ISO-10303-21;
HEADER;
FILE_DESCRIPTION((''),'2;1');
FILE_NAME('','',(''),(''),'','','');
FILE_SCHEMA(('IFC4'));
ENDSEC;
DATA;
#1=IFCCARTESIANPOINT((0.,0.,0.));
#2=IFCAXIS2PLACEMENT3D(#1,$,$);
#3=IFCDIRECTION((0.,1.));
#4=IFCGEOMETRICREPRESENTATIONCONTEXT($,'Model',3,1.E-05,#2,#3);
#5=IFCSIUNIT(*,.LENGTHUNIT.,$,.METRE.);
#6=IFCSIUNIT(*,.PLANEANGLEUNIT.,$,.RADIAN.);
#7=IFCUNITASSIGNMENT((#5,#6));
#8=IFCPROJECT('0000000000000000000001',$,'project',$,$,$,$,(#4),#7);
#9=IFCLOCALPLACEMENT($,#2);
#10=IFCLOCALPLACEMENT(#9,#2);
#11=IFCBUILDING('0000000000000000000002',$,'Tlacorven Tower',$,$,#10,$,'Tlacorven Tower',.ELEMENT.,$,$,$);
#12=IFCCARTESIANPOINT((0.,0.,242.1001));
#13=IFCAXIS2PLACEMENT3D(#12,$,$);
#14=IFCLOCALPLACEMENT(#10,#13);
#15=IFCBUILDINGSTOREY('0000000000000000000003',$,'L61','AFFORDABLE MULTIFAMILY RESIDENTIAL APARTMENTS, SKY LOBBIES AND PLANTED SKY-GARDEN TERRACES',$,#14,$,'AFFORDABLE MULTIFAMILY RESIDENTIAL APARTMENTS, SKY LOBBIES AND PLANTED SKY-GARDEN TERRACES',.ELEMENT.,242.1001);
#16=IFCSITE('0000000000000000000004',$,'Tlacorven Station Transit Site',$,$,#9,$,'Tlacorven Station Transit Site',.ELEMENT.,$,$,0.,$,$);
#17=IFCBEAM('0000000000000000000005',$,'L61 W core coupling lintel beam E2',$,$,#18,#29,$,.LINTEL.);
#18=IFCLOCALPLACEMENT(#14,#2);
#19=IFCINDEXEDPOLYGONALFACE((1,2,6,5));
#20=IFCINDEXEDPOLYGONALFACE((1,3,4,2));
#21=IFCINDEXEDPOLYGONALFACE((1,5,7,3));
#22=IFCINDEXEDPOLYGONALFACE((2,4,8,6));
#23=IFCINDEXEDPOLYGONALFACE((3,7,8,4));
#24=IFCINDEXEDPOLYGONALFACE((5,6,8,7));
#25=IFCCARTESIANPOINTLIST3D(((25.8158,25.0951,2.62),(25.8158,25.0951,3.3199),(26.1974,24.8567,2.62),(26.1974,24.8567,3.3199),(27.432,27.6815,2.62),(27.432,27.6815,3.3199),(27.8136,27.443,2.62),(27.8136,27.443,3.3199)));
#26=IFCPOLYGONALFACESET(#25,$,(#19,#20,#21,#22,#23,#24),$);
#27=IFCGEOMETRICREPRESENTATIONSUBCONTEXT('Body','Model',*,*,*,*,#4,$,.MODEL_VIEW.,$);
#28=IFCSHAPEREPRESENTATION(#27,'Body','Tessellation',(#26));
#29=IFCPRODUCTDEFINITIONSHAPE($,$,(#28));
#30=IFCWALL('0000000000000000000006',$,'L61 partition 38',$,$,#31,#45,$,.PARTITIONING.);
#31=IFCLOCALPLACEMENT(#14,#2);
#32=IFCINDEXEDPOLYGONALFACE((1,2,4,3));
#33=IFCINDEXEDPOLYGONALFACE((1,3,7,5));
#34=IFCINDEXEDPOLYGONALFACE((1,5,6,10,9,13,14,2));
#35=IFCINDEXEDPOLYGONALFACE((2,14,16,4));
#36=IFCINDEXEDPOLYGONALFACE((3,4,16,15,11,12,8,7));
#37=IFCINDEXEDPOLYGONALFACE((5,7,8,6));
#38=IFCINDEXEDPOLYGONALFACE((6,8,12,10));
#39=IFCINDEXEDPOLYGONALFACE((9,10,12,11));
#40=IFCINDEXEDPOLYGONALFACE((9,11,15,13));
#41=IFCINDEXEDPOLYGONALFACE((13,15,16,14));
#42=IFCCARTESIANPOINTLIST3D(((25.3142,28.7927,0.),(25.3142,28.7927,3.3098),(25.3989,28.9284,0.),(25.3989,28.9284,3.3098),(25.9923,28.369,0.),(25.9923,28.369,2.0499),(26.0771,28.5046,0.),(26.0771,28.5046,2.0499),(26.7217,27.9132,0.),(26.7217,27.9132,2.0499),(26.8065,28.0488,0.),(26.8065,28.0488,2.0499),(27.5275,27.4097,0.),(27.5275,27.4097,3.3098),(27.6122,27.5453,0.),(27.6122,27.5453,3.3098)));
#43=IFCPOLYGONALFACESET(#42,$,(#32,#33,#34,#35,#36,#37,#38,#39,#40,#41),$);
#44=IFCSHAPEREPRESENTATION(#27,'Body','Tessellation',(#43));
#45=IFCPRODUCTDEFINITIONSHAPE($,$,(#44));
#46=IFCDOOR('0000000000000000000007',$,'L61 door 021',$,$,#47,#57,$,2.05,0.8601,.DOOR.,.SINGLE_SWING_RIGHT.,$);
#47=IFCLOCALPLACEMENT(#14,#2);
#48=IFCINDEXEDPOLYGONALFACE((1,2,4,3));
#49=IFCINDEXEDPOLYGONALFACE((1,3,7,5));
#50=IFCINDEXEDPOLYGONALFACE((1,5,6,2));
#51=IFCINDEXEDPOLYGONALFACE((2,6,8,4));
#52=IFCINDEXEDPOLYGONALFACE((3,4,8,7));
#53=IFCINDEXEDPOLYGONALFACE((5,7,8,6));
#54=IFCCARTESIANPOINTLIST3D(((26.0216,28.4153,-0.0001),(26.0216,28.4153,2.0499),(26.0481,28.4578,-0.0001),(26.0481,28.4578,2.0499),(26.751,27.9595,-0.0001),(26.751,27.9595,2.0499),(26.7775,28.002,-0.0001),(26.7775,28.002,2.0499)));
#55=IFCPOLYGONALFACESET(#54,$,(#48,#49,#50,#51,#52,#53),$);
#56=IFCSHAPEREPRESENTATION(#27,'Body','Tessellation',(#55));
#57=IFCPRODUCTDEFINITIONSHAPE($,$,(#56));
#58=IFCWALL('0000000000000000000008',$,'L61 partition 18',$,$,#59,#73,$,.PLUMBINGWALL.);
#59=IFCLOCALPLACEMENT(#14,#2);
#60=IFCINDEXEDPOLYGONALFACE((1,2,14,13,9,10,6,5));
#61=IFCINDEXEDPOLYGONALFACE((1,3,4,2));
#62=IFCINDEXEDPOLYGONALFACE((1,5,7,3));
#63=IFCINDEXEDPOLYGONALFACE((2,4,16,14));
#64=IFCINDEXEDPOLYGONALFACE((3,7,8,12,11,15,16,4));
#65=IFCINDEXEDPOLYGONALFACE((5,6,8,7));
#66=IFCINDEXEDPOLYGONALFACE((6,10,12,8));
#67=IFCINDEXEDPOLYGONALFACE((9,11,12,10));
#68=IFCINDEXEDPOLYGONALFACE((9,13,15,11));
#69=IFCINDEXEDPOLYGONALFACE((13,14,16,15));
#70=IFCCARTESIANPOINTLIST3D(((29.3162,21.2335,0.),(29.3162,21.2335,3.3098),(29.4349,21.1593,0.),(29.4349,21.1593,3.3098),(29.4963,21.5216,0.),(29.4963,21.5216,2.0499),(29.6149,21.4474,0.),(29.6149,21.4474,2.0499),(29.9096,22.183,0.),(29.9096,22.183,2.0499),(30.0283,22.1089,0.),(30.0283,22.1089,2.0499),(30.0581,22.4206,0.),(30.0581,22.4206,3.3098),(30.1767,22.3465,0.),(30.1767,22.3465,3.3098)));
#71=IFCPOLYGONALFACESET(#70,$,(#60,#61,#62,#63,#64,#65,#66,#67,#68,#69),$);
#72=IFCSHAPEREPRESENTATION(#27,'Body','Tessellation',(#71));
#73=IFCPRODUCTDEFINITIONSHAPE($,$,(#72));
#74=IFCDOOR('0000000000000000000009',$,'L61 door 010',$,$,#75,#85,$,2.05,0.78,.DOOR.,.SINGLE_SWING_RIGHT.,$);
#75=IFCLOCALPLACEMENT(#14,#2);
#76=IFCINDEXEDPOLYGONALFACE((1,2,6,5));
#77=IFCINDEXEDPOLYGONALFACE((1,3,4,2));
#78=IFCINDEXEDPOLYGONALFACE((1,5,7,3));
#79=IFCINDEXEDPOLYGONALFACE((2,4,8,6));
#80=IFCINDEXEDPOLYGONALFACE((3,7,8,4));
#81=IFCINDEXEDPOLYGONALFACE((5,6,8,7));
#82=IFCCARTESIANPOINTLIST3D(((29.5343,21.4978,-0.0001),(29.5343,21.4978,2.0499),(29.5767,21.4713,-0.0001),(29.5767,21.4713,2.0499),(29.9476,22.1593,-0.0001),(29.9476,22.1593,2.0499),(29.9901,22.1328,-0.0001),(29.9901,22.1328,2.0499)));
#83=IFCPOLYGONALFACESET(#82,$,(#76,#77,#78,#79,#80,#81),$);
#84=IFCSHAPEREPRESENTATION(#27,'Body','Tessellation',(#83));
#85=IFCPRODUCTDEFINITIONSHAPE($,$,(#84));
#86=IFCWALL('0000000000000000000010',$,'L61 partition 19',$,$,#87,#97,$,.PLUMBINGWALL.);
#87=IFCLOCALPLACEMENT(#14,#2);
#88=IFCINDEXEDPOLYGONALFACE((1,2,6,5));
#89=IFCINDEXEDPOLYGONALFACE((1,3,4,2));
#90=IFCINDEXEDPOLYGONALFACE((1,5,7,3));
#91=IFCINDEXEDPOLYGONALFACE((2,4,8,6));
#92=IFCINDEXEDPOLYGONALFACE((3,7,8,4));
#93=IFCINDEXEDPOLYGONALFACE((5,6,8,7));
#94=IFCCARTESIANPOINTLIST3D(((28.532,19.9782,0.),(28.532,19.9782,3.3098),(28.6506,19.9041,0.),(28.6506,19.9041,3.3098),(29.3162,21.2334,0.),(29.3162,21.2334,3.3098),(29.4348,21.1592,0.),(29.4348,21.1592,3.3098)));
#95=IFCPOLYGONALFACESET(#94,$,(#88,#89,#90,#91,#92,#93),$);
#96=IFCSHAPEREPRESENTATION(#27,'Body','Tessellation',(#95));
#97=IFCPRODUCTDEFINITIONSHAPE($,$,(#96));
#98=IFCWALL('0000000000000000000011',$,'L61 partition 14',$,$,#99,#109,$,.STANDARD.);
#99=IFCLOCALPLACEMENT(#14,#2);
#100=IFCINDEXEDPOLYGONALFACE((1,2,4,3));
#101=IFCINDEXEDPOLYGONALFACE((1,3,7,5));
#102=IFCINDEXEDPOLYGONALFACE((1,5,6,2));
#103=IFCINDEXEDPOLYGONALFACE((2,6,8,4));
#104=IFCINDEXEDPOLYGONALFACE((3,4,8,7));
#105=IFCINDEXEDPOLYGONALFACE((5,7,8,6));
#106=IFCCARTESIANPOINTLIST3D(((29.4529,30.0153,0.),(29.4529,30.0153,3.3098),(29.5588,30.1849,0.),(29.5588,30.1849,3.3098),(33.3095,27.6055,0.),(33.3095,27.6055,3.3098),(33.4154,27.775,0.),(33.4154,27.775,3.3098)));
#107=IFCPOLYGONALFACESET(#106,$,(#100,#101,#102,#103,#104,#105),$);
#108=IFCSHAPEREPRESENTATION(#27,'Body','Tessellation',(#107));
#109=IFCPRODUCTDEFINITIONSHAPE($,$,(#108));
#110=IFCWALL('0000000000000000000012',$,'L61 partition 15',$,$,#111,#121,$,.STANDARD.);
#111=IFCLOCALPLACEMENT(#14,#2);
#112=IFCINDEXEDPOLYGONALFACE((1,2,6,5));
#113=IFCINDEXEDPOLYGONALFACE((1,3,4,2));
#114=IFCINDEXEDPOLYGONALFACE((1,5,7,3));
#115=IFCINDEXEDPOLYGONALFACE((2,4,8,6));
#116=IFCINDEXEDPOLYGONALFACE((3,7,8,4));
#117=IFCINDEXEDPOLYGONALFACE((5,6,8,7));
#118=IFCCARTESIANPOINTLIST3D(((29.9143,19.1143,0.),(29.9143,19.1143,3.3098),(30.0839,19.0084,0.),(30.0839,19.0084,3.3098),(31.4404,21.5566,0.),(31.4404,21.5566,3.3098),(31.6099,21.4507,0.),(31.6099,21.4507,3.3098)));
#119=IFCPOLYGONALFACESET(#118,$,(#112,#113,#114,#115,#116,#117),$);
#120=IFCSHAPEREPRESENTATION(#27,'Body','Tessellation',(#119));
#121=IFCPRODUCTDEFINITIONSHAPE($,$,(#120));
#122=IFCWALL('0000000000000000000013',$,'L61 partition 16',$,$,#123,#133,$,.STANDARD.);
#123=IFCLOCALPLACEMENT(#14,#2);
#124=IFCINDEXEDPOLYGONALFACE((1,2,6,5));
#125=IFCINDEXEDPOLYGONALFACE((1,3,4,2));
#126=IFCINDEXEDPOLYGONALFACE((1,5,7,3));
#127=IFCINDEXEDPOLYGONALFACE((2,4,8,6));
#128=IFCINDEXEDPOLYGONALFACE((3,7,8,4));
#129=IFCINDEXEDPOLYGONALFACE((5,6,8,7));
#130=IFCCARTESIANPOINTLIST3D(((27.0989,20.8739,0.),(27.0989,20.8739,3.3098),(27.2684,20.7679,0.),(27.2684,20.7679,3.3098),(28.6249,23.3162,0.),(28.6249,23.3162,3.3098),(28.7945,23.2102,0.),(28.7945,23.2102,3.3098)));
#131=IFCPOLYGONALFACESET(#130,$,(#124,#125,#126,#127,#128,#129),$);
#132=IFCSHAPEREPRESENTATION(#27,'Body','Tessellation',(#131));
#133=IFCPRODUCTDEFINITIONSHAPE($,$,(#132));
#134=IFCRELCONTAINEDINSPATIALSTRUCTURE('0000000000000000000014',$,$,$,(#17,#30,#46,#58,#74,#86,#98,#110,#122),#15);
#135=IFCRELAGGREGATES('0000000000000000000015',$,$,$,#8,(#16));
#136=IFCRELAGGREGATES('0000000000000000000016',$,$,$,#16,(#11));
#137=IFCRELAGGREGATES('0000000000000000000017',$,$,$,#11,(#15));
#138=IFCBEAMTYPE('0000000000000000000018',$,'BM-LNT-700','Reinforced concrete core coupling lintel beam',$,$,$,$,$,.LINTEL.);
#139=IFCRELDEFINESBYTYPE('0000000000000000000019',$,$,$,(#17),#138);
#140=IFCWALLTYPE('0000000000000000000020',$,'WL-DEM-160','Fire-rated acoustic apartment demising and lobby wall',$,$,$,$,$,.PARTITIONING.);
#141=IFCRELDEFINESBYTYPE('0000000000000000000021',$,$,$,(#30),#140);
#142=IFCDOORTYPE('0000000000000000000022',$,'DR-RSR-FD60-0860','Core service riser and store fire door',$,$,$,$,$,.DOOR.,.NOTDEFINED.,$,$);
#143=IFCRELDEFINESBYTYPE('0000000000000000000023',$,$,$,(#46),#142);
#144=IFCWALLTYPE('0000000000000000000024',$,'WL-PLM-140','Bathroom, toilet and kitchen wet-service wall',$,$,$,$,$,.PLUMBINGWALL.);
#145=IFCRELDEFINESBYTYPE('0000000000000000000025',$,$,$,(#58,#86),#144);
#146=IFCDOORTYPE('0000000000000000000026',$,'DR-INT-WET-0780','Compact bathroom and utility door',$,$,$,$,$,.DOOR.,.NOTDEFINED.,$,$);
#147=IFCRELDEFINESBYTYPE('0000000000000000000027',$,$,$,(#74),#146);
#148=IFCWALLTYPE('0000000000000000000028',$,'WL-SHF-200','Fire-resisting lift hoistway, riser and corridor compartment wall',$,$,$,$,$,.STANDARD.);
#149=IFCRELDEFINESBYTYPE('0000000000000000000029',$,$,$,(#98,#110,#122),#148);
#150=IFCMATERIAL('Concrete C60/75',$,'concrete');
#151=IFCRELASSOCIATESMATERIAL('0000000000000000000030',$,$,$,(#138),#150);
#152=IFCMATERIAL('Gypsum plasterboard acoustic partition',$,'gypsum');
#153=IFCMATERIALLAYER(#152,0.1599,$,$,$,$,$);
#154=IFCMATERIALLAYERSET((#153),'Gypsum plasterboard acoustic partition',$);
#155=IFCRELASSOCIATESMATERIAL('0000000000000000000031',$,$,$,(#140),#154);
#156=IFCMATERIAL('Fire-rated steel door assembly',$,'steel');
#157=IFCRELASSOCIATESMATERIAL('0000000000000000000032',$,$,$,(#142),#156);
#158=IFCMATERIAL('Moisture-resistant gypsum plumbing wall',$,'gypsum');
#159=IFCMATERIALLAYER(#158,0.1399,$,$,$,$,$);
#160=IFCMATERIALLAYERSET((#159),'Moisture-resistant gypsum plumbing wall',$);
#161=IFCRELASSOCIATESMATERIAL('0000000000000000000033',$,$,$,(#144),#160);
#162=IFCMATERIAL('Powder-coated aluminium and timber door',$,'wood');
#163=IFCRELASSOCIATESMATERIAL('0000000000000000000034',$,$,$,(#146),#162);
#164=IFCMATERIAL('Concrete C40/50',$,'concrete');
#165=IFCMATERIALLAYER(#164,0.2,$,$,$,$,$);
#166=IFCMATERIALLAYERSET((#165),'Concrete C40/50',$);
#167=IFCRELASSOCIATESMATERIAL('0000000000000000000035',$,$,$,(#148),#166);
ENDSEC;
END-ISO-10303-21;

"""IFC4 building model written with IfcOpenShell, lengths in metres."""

from ifc_helpers import new_model, si_unit, direction, frame, frame_2d, origin, origin_2d, place, context, subcontext, project, spatial, rectangle, extrude, source, transform, mapped, material, layer, layer_set, material_profile, profile_set, type_object, element, fill, save


model = new_model("IFC4")

# Units and contexts
model_context = context("Model", 3, precision=1e-05, world=origin(), true_north=direction((0.0, 1.0)))
body_context = subcontext(model_context, "Body", "Model", "MODEL_VIEW")
ifc_project = project(units=[si_unit("LENGTHUNIT", "METRE"), si_unit("PLANEANGLEUNIT", "RADIAN")], contexts=[model_context])

# Site, building, storey
site_placement = place(None, origin())
site = spatial("IfcSite", under=ifc_project, at=site_placement, Name="Tlacorven Station Transit Site", LongName="Tlacorven Station Transit Site", CompositionType="ELEMENT", RefElevation=0.0)
building_placement = place(site_placement, origin())
building = spatial("IfcBuilding", under=site, at=building_placement, Name="Tlacorven Tower", LongName="Tlacorven Tower", CompositionType="ELEMENT")
storey_placement = place(building_placement, frame((0.0, 0.0, 242.1001)))
storey = spatial("IfcBuildingStorey", under=building, at=storey_placement, Name="L61", Description="AFFORDABLE MULTIFAMILY RESIDENTIAL APARTMENTS, SKY LOBBIES AND PLANTED SKY-GARDEN TERRACES", LongName="AFFORDABLE MULTIFAMILY RESIDENTIAL APARTMENTS, SKY LOBBIES AND PLANTED SKY-GARDEN TERRACES", CompositionType="ELEMENT", Elevation=242.1001)

# Beam
ifc_material_1 = material(Name="Concrete C60/75", Category="concrete")
ifc_material_profile = material_profile(ifc_material_1, rectangle(XDim=0.45, YDim=0.7, at=origin_2d()), Name="RC 450X700")
ifc_profile_set = profile_set([ifc_material_profile], Name="Concrete C60/75")
beam_type = type_object("IfcBeamType", Name="BM-LNT-700", Description="Reinforced concrete core coupling lintel beam", PredefinedType="LINTEL", material=ifc_profile_set)
shared_shape_1 = source(origin(), body_context, "Body", "SweptSolid", [
    extrude(rectangle(XDim=0.45, YDim=0.7, at=origin_2d()), origin(), (0.0, 0.0, 1.0), 3.0498),
])
beam_placement = place(storey_placement, frame((27.6228, 27.5623, 2.97), z_axis=(-0.529927, -0.848043, 0.0), x_axis=(0.848043, -0.529927, 0.0)))
element("IfcBeam", 1, at=beam_placement, inside=storey, type_object=beam_type, Name="L61 W core coupling lintel beam E2", PredefinedType="LINTEL", context=body_context, shape_type="MappedRepresentation", body=[
    mapped(shared_shape_1, transform((0.0, 0.0, 0.0), scale=1.0)),
])

# Walls, openings, doors
ifc_material_2 = material(Name="Gypsum plasterboard acoustic partition", Category="gypsum")
ifc_layer_1 = layer(ifc_material_2, 0.1599)
ifc_layer_set_1 = layer_set([ifc_layer_1], Name="Gypsum plasterboard acoustic partition")
wall_type_1 = type_object("IfcWallType", Name="WL-DEM-160", Description="Fire-rated acoustic apartment demising and lobby wall", PredefinedType="PARTITIONING", material=ifc_layer_set_1)
wall_1_placement = place(storey_placement, frame((27.5698, 27.4775, 0.0), z_axis=(0.0, 0.0, 1.0), x_axis=(-0.848051, 0.529915, 0.0)))
wall_1 = element("IfcWall", 2, at=wall_1_placement, inside=storey, type_object=wall_type_1, Name="L61 partition 38", PredefinedType="PARTITIONING", context=body_context, shape_type="SweptSolid", body=[
    extrude(rectangle(XDim=2.6099, YDim=0.1599, at=frame_2d((1.3049, 0.0))), origin(), (0.0, 0.0, 1.0), 3.3098),
])
opening_1_placement = place(wall_1_placement, frame((0.95, 0.0, 0.0)))
opening_1 = element("IfcOpeningElement", 3, at=opening_1_placement, cuts=wall_1, PredefinedType="OPENING", context=body_context, shape_type="SweptSolid", body=[
    extrude(rectangle(XDim=0.8601, YDim=2.05, at=frame_2d((0.4302, 1.0249))), frame((0.0, 0.0898, 0.0), z_axis=(0.0, -1.0, 0.0), x_axis=(1.0, 0.0, 0.0)), (0.0, 0.0, 1.0), 0.1799),
])
ifc_material_3 = material(Name="Fire-rated steel door assembly", Category="steel")
door_type_1 = type_object("IfcDoorType", Name="DR-RSR-FD60-0860", Description="Core service riser and store fire door", OperationType="NOTDEFINED", PredefinedType="DOOR", material=ifc_material_3)
shared_shape_2 = source(origin(), body_context, "Body", "SweptSolid", [
    extrude(rectangle(XDim=0.8601, YDim=2.05, at=frame_2d((0.4302, 1.0249))), frame((0.0, 0.0249, 0.0), z_axis=(0.0, -1.0, 0.0), x_axis=(1.0, 0.0, 0.0)), (0.0, 0.0, 1.0), 0.05),
])
door_1_placement = place(opening_1_placement, frame((0.8601, 0.0, 0.0), z_axis=(0.0, 0.0, 1.0), x_axis=(-1.0, 0.0, 0.0)))
door_1 = element("IfcDoor", 4, at=door_1_placement, inside=storey, type_object=door_type_1, Name="L61 door 021", OperationType="SINGLE_SWING_RIGHT", OverallHeight=2.05, OverallWidth=0.8601, PredefinedType="DOOR", context=body_context, shape_type="MappedRepresentation", body=[
    mapped(shared_shape_2, transform((0.0, 0.0, 0.0), scale=1.0)),
])
fill(opening_1, door_1)
ifc_material_4 = material(Name="Moisture-resistant gypsum plumbing wall", Category="gypsum")
ifc_layer_2 = layer(ifc_material_4, 0.1399)
ifc_layer_set_2 = layer_set([ifc_layer_2], Name="Moisture-resistant gypsum plumbing wall")
wall_type_2 = type_object("IfcWallType", Name="WL-PLM-140", Description="Bathroom, toilet and kitchen wet-service wall", PredefinedType="PLUMBINGWALL", material=ifc_layer_set_2)
wall_2_placement = place(storey_placement, frame((30.1174, 22.3835, 0.0), z_axis=(0.0, 0.0, 1.0), x_axis=(-0.529952, -0.848028, 0.0)))
wall_2 = element("IfcWall", 5, at=wall_2_placement, inside=storey, type_object=wall_type_2, Name="L61 partition 18", PredefinedType="PLUMBINGWALL", context=body_context, shape_type="SweptSolid", body=[
    extrude(rectangle(XDim=1.3999, YDim=0.1399, at=frame_2d((0.7, 0.0))), origin(), (0.0, 0.0, 1.0), 3.3098),
])
opening_2_placement = place(wall_2_placement, frame((0.28, 0.0, 0.0)))
opening_2 = element("IfcOpeningElement", 6, at=opening_2_placement, cuts=wall_2, PredefinedType="OPENING", context=body_context, shape_type="SweptSolid", body=[
    extrude(rectangle(XDim=0.78, YDim=2.05, at=frame_2d((0.3901, 1.0249))), frame((0.0, 0.0801, 0.0), z_axis=(0.0, -1.0, 0.0), x_axis=(1.0, 0.0, 0.0)), (0.0, 0.0, 1.0), 0.1599),
])
ifc_material_5 = material(Name="Powder-coated aluminium and timber door", Category="wood")
door_type_2 = type_object("IfcDoorType", Name="DR-INT-WET-0780", Description="Compact bathroom and utility door", OperationType="NOTDEFINED", PredefinedType="DOOR", material=ifc_material_5)
shared_shape_3 = source(origin(), body_context, "Body", "SweptSolid", [
    extrude(rectangle(XDim=0.78, YDim=2.05, at=frame_2d((0.3901, 1.0249))), frame((0.0, 0.0249, 0.0), z_axis=(0.0, -1.0, 0.0), x_axis=(1.0, 0.0, 0.0)), (0.0, 0.0, 1.0), 0.05),
])
door_2_placement = place(opening_2_placement, origin())
door_2 = element("IfcDoor", 7, at=door_2_placement, inside=storey, type_object=door_type_2, Name="L61 door 010", OperationType="SINGLE_SWING_RIGHT", OverallHeight=2.05, OverallWidth=0.78, PredefinedType="DOOR", context=body_context, shape_type="MappedRepresentation", body=[
    mapped(shared_shape_3, transform((0.0, 0.0, 0.0), scale=1.0)),
])
fill(opening_2, door_2)

# Wall
wall_3_placement = place(storey_placement, frame((29.3755, 21.1963, 0.0), z_axis=(0.0, 0.0, 1.0), x_axis=(-0.529865, -0.848082, 0.0)))
element("IfcWall", 8, at=wall_3_placement, inside=storey, type_object=wall_type_2, Name="L61 partition 19", PredefinedType="PLUMBINGWALL", context=body_context, shape_type="SweptSolid", body=[
    extrude(rectangle(XDim=1.48, YDim=0.1399, at=frame_2d((0.74, 0.0))), origin(), (0.0, 0.0, 1.0), 3.3098),
])

# Shared definitions
ifc_material_6 = material(Name="Concrete C40/50", Category="concrete")
ifc_layer_3 = layer(ifc_material_6, 0.2)
ifc_layer_set_3 = layer_set([ifc_layer_3], Name="Concrete C40/50")
wall_type_3 = type_object("IfcWallType", Name="WL-SHF-200", Description="Fire-resisting lift hoistway, riser and corridor compartment wall", PredefinedType="STANDARD", material=ifc_layer_set_3)

# Walls
wall_4_placement = place(storey_placement, frame((33.3625, 27.6902, 0.0), z_axis=(0.0, 0.0, 1.0), x_axis=(-0.84805, 0.529917, 0.0)))
element("IfcWall", 9, at=wall_4_placement, inside=storey, type_object=wall_type_3, Name="L61 partition 14", PredefinedType="STANDARD", context=body_context, shape_type="SweptSolid", body=[
    extrude(rectangle(XDim=4.5476, YDim=0.2, at=frame_2d((2.2739, 0.0))), origin(), (0.0, 0.0, 1.0), 3.3098),
])
for number, where, z_axis, x_axis, name in (
    (10, (31.5251, 21.5037, 0.0), (0.0, 0.0, 1.0), (-0.529907, -0.848055, 0.0), "L61 partition 15"),
    (11, (28.7097, 23.2632, 0.0), (0.0, 0.0, 1.0), (-0.529907, -0.848055, 0.0), "L61 partition 16"),
):
    element("IfcWall", number, at=place(storey_placement, frame(where, z_axis=z_axis, x_axis=x_axis)), inside=storey, type_object=wall_type_3, Name=name, PredefinedType="STANDARD", context=body_context, shape_type="SweptSolid", body=[
        extrude(rectangle(XDim=2.8799, YDim=0.2, at=frame_2d((1.4399, 0.0))), origin(), (0.0, 0.0, 1.0), 3.3098),
    ])

save(model, "model.ifc")
